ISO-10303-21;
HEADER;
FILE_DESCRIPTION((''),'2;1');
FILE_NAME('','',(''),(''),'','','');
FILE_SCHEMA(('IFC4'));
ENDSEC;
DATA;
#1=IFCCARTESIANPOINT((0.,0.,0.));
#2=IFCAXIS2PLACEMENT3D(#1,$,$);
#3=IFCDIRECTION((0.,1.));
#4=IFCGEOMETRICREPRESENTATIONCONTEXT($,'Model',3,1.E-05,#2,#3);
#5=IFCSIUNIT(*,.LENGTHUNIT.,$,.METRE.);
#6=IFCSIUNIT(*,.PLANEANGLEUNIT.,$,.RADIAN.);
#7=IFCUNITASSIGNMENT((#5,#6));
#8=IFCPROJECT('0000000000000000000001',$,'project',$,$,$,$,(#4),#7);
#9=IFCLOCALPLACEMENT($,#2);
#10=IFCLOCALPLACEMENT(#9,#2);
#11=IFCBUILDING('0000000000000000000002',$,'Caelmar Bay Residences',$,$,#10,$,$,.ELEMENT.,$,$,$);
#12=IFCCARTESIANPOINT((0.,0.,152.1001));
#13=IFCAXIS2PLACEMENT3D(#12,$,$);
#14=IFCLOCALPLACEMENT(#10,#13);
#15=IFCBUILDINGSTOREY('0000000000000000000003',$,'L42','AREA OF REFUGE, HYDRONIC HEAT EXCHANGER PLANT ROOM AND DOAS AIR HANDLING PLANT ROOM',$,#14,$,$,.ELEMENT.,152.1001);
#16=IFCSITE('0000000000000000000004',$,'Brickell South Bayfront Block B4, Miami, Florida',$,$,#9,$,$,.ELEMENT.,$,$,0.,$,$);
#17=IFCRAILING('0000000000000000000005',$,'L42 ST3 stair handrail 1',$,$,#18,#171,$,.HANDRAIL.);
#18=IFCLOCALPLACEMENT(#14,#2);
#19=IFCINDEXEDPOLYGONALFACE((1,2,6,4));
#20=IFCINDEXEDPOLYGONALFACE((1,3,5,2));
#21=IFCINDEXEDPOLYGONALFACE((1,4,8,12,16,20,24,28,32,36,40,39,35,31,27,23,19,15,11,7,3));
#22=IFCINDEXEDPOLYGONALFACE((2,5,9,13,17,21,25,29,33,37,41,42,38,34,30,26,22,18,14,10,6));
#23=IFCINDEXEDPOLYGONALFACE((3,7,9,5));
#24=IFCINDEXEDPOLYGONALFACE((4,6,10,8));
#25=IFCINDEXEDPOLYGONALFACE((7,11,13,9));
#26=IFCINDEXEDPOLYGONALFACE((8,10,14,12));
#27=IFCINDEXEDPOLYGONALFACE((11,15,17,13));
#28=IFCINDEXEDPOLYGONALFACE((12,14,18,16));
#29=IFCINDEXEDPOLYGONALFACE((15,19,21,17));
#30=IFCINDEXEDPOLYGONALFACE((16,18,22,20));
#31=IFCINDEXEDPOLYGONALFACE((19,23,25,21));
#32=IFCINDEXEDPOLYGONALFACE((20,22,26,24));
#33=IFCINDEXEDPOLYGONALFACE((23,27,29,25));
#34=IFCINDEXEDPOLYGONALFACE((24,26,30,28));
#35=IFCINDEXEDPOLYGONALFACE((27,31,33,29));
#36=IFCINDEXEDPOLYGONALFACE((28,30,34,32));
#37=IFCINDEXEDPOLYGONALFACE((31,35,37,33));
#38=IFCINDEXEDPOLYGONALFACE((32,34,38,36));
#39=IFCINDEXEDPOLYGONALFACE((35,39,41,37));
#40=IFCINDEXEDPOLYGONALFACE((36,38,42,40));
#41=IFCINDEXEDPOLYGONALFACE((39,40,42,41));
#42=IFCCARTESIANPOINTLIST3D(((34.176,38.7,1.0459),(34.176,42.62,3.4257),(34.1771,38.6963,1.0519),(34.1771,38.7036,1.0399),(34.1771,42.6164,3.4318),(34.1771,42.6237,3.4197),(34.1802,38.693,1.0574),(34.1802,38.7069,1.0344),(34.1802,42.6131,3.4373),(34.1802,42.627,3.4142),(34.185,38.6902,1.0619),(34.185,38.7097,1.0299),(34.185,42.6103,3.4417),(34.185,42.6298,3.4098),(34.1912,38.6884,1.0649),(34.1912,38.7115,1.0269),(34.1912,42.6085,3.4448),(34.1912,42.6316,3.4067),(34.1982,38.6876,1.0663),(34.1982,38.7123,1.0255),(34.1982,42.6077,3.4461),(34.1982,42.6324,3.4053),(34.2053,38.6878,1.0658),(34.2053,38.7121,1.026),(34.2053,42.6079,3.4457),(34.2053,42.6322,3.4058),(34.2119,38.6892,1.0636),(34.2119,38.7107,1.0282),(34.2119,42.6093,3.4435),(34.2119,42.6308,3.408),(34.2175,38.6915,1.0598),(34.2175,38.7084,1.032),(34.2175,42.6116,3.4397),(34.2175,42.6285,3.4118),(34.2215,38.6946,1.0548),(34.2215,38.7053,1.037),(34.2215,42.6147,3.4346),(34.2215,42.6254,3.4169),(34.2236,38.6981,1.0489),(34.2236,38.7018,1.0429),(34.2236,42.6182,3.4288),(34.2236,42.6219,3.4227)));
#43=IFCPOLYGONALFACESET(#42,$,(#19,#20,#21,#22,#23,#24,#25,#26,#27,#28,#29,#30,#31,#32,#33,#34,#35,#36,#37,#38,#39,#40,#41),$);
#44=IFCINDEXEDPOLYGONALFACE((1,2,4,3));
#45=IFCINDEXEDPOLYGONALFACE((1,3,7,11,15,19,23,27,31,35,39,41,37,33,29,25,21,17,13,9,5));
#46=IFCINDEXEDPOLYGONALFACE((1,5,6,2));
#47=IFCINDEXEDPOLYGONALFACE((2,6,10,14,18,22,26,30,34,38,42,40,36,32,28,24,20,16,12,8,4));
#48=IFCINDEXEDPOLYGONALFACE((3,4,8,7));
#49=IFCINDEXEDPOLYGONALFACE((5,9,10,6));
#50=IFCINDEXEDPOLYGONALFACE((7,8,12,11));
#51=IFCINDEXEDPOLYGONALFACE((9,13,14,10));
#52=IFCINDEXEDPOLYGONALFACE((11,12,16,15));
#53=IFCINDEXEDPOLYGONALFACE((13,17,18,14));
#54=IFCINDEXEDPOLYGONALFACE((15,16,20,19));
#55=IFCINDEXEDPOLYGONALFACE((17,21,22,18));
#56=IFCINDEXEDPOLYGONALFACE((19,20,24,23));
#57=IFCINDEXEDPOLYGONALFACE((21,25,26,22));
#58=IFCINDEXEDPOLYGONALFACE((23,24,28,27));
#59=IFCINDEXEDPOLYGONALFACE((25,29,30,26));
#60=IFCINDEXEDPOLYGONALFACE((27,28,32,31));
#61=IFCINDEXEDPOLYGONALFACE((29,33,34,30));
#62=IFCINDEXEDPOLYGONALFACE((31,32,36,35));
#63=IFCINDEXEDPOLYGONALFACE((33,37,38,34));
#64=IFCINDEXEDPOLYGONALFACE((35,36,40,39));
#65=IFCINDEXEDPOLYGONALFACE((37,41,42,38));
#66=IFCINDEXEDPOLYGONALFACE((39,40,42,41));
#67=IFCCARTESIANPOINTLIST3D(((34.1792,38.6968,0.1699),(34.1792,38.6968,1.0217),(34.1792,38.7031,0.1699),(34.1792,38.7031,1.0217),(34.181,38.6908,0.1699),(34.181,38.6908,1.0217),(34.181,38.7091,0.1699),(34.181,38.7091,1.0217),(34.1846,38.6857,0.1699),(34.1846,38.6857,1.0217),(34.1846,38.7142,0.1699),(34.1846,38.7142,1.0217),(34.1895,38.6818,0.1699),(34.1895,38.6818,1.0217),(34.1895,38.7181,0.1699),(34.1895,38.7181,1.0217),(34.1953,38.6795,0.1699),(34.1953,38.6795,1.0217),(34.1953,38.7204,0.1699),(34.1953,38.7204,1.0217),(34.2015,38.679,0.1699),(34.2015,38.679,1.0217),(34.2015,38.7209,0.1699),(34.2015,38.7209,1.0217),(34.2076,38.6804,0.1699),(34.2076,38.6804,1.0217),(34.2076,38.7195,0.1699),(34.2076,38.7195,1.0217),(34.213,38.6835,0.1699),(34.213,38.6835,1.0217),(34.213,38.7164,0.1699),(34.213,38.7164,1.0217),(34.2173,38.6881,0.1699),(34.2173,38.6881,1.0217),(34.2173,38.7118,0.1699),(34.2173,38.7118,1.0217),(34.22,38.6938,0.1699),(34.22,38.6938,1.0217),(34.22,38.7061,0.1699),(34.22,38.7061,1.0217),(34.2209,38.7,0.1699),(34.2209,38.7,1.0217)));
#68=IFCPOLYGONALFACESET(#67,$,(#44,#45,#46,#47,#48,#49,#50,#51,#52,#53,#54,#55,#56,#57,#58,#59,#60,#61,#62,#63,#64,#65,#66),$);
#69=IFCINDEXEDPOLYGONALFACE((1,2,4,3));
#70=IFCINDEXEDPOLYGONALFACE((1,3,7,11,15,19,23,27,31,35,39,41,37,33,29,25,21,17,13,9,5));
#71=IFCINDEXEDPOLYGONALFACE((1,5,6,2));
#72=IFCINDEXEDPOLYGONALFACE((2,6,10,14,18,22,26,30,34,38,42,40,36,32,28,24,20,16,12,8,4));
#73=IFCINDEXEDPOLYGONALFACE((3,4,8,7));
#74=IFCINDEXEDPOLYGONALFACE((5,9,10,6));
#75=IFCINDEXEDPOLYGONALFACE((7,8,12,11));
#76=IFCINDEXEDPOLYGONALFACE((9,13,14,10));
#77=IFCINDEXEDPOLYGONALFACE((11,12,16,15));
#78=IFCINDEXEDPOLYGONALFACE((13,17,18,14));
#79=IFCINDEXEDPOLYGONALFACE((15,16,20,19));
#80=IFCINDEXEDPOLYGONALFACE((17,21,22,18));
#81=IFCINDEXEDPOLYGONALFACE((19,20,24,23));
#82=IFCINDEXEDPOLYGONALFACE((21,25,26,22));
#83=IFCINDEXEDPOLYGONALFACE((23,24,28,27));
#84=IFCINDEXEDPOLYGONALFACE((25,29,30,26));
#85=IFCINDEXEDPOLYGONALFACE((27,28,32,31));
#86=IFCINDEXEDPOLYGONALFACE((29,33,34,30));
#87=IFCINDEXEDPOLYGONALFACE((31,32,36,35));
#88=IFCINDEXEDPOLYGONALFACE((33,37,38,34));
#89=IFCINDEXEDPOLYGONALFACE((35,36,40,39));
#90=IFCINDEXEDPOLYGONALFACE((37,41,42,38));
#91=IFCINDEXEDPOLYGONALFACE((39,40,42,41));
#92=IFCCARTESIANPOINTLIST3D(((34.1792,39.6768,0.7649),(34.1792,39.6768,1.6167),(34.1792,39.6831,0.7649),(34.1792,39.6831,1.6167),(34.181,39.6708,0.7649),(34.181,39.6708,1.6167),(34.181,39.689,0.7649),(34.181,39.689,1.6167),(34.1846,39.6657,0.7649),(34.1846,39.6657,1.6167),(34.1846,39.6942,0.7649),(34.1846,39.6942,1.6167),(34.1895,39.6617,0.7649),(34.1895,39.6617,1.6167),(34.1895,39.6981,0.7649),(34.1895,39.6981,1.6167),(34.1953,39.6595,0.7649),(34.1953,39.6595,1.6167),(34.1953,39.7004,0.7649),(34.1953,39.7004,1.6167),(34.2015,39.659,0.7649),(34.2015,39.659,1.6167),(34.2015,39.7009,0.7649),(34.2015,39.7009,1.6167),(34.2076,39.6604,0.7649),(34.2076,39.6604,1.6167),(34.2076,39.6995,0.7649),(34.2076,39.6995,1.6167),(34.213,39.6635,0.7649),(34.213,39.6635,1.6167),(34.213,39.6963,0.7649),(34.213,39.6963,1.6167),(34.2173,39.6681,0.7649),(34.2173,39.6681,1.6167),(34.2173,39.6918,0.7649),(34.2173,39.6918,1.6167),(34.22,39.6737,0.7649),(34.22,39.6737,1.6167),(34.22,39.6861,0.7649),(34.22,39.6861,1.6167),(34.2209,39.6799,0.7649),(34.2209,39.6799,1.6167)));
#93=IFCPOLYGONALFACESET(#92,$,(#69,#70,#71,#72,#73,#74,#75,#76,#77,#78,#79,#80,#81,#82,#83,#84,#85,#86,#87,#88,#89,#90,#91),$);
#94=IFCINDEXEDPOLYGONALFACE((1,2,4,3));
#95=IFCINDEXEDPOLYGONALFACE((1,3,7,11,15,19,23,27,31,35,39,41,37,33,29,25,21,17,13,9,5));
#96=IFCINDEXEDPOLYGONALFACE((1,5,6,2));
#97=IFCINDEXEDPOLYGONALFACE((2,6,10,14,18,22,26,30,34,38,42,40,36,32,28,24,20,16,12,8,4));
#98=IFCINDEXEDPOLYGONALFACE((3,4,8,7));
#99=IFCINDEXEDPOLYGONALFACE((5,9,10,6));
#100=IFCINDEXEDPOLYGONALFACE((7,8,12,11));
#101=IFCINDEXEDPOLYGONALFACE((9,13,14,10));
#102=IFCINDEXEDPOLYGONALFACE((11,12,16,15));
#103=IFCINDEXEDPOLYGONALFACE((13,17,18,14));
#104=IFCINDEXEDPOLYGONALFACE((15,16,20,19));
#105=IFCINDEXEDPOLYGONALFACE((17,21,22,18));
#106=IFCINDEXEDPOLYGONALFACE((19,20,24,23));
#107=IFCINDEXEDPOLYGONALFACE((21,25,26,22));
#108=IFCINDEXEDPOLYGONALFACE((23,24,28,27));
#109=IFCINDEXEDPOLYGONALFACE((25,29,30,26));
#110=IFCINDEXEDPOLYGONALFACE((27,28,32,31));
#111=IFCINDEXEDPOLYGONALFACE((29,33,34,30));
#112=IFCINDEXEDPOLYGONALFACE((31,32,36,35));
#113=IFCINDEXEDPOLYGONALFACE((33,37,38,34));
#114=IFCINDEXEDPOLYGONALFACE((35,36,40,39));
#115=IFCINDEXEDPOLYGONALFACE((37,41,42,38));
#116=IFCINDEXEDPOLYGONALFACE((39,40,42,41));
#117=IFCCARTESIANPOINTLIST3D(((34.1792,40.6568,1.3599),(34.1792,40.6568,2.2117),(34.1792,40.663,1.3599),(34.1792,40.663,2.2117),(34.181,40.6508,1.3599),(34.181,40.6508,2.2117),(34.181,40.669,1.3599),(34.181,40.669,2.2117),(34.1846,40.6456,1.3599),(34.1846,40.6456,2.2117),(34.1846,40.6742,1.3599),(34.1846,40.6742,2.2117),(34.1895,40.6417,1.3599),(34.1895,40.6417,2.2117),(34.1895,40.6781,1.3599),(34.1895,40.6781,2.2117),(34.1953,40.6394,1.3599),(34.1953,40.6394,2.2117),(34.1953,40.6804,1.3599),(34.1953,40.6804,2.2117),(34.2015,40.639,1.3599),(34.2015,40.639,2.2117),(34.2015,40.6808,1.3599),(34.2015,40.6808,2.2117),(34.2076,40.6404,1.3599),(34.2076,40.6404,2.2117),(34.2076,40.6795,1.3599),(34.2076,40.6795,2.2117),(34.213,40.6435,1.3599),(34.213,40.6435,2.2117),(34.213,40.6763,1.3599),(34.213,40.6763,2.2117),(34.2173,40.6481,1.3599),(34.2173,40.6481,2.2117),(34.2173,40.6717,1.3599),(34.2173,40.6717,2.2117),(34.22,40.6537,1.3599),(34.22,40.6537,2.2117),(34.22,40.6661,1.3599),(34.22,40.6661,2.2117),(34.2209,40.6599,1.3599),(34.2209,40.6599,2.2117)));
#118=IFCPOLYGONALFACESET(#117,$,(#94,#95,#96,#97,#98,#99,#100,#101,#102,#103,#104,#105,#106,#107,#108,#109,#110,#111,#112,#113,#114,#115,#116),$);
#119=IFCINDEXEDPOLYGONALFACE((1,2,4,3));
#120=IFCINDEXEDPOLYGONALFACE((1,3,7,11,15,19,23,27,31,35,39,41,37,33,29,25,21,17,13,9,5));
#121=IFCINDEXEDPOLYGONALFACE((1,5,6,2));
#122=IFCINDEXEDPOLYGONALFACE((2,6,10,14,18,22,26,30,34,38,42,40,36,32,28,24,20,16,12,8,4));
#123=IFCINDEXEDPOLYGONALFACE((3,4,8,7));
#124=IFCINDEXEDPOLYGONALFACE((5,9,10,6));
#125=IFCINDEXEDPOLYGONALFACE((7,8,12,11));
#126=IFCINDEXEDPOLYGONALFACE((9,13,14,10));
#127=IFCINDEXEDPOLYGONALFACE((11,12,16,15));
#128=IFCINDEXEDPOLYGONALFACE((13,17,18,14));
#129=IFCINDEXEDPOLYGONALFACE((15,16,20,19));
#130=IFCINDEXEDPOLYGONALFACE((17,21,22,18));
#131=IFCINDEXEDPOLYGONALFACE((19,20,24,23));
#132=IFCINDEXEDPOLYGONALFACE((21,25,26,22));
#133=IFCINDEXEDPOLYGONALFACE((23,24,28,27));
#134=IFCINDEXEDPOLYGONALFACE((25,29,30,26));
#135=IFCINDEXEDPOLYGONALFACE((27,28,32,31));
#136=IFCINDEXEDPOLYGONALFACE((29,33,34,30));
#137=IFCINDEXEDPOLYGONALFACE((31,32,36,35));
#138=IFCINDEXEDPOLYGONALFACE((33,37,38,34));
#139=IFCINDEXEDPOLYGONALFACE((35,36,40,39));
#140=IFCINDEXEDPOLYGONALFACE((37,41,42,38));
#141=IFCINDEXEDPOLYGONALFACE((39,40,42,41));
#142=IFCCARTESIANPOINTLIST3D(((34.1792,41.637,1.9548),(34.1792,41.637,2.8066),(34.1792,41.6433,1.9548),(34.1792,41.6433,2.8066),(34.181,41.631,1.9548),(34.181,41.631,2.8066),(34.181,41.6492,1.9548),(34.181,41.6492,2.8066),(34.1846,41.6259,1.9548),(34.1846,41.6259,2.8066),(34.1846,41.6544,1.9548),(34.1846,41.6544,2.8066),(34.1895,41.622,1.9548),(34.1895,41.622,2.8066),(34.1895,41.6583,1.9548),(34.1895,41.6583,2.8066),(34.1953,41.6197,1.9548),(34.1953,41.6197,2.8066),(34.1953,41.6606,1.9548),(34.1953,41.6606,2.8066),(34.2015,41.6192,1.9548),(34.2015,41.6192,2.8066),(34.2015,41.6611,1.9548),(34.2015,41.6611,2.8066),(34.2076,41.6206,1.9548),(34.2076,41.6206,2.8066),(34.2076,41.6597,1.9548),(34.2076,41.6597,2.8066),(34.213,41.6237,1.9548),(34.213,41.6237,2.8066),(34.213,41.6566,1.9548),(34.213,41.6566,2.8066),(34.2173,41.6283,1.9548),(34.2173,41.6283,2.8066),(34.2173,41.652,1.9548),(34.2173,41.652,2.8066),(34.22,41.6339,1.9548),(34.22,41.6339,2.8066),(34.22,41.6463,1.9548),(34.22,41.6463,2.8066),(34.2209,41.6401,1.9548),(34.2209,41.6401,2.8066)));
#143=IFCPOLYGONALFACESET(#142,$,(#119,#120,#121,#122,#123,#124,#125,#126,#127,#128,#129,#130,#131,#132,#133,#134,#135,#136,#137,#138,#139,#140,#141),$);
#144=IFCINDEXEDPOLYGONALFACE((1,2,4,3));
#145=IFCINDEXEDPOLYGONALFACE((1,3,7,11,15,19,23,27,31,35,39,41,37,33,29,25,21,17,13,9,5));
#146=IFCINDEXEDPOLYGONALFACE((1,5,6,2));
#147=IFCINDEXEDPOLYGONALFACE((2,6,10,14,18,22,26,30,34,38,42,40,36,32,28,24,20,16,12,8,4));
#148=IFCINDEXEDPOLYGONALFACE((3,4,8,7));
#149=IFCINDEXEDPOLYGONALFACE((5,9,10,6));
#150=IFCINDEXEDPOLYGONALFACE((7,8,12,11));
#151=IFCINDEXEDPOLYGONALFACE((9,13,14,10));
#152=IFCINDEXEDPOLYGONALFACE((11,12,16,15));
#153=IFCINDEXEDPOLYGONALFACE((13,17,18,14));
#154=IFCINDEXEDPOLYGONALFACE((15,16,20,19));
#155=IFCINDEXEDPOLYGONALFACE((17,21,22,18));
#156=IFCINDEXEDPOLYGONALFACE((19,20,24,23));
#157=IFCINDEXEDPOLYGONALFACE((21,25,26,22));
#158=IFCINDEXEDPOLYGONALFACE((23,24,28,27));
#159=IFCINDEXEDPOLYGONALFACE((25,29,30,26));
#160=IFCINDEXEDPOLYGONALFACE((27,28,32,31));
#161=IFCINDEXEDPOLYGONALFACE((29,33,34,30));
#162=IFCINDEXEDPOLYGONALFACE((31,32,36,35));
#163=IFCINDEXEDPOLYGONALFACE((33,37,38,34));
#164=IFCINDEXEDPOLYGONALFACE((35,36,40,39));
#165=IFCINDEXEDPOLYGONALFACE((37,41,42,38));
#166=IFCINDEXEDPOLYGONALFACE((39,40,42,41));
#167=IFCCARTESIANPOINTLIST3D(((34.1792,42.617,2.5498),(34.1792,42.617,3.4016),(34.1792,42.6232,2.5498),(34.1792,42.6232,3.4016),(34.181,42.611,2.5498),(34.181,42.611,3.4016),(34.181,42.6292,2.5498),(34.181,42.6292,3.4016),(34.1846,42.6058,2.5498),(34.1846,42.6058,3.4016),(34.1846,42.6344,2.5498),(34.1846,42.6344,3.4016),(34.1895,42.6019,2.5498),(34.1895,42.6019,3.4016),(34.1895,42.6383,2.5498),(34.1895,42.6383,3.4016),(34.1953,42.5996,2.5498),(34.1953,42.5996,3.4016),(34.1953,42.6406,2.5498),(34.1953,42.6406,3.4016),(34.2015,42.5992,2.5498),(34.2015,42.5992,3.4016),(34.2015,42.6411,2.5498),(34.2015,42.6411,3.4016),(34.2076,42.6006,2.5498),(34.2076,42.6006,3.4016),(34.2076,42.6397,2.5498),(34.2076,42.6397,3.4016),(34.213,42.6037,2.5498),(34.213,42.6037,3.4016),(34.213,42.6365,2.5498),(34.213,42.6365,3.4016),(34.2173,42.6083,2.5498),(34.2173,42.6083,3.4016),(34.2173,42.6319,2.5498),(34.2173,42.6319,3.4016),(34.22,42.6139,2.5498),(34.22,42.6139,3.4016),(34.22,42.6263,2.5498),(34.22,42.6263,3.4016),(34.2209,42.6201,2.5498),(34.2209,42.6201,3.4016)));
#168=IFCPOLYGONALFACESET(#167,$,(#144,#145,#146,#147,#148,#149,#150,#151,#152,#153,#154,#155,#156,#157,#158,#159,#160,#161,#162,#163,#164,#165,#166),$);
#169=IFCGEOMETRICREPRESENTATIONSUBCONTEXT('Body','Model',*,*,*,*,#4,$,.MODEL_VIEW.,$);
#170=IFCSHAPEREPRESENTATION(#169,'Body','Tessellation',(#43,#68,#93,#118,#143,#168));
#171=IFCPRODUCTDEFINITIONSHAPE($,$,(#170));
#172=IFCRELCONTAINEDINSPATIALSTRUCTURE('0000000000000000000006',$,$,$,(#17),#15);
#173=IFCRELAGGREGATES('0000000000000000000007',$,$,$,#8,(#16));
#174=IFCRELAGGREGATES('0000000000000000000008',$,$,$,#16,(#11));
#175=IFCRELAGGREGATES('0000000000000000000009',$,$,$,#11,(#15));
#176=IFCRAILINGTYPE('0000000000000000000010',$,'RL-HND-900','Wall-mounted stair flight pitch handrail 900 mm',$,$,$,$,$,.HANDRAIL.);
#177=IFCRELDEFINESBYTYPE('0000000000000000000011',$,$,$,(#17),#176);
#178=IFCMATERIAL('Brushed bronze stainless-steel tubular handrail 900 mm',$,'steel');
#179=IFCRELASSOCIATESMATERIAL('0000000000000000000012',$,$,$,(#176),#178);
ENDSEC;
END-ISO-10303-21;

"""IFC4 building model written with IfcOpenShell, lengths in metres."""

from ifc_helpers import new_model, si_unit, direction, frame, origin, origin_2d, place, context, subcontext, project, spatial, circle, extrude, material, type_object, element, save


model = new_model("IFC4")

# Units and contexts
model_context = context("Model", 3, precision=1e-05, world=origin(), true_north=direction((0.0, 1.0)))
body_context = subcontext(model_context, "Body", "Model", "MODEL_VIEW")
ifc_project = project(units=[si_unit("LENGTHUNIT", "METRE"), si_unit("PLANEANGLEUNIT", "RADIAN")], contexts=[model_context])

# Site, building, storey
site_placement = place(None, origin())
site = spatial("IfcSite", under=ifc_project, at=site_placement, Name="Brickell South Bayfront Block B4, Miami, Florida", CompositionType="ELEMENT", RefElevation=0.0)
building_placement = place(site_placement, origin())
building = spatial("IfcBuilding", under=site, at=building_placement, Name="Caelmar Bay Residences", CompositionType="ELEMENT")
storey_placement = place(building_placement, frame((0.0, 0.0, 152.1001)))
storey = spatial("IfcBuildingStorey", under=building, at=storey_placement, Name="L42", Description="AREA OF REFUGE, HYDRONIC HEAT EXCHANGER PLANT ROOM AND DOAS AIR HANDLING PLANT ROOM", CompositionType="ELEMENT", Elevation=152.1001)

# Railing
ifc_material_1 = material(Name="Brushed bronze stainless-steel tubular handrail 900 mm", Category="steel")
railing_type_1 = type_object("IfcRailingType", Name="RL-HND-900", Description="Wall-mounted stair flight pitch handrail 900 mm", PredefinedType="HANDRAIL", material=ifc_material_1)
railing_1_placement = place(storey_placement, frame((34.2, 38.7, 0.1699)))
element("IfcRailing", 1, at=railing_1_placement, inside=storey, type_object=railing_type_1, Name="L42 ST3 stair handrail 1", PredefinedType="HANDRAIL", context=body_context, shape_type="SweptSolid", body=[
    extrude(circle(Radius=0.0239, at=origin_2d()), frame((0.0, 0.0, 0.876), z_axis=(0.0, 0.854809, 0.518943), x_axis=(-1.0, 0.0, 0.0)), (0.0, 0.0, 1.0), 4.5859),
    extrude(circle(Radius=0.021, at=origin_2d()), origin(), (0.0, 0.0, 1.0), 0.8518),
    extrude(circle(Radius=0.021, at=origin_2d()), frame((0.0, 0.98, 0.595)), (0.0, 0.0, 1.0), 0.8518),
    extrude(circle(Radius=0.021, at=origin_2d()), frame((0.0, 1.96, 1.1899)), (0.0, 0.0, 1.0), 0.8518),
    extrude(circle(Radius=0.021, at=origin_2d()), frame((0.0, 2.9402, 1.7849)), (0.0, 0.0, 1.0), 0.8518),
    extrude(circle(Radius=0.021, at=origin_2d()), frame((0.0, 3.9202, 2.3799)), (0.0, 0.0, 1.0), 0.8518),
])

save(model, "model.ifc")
